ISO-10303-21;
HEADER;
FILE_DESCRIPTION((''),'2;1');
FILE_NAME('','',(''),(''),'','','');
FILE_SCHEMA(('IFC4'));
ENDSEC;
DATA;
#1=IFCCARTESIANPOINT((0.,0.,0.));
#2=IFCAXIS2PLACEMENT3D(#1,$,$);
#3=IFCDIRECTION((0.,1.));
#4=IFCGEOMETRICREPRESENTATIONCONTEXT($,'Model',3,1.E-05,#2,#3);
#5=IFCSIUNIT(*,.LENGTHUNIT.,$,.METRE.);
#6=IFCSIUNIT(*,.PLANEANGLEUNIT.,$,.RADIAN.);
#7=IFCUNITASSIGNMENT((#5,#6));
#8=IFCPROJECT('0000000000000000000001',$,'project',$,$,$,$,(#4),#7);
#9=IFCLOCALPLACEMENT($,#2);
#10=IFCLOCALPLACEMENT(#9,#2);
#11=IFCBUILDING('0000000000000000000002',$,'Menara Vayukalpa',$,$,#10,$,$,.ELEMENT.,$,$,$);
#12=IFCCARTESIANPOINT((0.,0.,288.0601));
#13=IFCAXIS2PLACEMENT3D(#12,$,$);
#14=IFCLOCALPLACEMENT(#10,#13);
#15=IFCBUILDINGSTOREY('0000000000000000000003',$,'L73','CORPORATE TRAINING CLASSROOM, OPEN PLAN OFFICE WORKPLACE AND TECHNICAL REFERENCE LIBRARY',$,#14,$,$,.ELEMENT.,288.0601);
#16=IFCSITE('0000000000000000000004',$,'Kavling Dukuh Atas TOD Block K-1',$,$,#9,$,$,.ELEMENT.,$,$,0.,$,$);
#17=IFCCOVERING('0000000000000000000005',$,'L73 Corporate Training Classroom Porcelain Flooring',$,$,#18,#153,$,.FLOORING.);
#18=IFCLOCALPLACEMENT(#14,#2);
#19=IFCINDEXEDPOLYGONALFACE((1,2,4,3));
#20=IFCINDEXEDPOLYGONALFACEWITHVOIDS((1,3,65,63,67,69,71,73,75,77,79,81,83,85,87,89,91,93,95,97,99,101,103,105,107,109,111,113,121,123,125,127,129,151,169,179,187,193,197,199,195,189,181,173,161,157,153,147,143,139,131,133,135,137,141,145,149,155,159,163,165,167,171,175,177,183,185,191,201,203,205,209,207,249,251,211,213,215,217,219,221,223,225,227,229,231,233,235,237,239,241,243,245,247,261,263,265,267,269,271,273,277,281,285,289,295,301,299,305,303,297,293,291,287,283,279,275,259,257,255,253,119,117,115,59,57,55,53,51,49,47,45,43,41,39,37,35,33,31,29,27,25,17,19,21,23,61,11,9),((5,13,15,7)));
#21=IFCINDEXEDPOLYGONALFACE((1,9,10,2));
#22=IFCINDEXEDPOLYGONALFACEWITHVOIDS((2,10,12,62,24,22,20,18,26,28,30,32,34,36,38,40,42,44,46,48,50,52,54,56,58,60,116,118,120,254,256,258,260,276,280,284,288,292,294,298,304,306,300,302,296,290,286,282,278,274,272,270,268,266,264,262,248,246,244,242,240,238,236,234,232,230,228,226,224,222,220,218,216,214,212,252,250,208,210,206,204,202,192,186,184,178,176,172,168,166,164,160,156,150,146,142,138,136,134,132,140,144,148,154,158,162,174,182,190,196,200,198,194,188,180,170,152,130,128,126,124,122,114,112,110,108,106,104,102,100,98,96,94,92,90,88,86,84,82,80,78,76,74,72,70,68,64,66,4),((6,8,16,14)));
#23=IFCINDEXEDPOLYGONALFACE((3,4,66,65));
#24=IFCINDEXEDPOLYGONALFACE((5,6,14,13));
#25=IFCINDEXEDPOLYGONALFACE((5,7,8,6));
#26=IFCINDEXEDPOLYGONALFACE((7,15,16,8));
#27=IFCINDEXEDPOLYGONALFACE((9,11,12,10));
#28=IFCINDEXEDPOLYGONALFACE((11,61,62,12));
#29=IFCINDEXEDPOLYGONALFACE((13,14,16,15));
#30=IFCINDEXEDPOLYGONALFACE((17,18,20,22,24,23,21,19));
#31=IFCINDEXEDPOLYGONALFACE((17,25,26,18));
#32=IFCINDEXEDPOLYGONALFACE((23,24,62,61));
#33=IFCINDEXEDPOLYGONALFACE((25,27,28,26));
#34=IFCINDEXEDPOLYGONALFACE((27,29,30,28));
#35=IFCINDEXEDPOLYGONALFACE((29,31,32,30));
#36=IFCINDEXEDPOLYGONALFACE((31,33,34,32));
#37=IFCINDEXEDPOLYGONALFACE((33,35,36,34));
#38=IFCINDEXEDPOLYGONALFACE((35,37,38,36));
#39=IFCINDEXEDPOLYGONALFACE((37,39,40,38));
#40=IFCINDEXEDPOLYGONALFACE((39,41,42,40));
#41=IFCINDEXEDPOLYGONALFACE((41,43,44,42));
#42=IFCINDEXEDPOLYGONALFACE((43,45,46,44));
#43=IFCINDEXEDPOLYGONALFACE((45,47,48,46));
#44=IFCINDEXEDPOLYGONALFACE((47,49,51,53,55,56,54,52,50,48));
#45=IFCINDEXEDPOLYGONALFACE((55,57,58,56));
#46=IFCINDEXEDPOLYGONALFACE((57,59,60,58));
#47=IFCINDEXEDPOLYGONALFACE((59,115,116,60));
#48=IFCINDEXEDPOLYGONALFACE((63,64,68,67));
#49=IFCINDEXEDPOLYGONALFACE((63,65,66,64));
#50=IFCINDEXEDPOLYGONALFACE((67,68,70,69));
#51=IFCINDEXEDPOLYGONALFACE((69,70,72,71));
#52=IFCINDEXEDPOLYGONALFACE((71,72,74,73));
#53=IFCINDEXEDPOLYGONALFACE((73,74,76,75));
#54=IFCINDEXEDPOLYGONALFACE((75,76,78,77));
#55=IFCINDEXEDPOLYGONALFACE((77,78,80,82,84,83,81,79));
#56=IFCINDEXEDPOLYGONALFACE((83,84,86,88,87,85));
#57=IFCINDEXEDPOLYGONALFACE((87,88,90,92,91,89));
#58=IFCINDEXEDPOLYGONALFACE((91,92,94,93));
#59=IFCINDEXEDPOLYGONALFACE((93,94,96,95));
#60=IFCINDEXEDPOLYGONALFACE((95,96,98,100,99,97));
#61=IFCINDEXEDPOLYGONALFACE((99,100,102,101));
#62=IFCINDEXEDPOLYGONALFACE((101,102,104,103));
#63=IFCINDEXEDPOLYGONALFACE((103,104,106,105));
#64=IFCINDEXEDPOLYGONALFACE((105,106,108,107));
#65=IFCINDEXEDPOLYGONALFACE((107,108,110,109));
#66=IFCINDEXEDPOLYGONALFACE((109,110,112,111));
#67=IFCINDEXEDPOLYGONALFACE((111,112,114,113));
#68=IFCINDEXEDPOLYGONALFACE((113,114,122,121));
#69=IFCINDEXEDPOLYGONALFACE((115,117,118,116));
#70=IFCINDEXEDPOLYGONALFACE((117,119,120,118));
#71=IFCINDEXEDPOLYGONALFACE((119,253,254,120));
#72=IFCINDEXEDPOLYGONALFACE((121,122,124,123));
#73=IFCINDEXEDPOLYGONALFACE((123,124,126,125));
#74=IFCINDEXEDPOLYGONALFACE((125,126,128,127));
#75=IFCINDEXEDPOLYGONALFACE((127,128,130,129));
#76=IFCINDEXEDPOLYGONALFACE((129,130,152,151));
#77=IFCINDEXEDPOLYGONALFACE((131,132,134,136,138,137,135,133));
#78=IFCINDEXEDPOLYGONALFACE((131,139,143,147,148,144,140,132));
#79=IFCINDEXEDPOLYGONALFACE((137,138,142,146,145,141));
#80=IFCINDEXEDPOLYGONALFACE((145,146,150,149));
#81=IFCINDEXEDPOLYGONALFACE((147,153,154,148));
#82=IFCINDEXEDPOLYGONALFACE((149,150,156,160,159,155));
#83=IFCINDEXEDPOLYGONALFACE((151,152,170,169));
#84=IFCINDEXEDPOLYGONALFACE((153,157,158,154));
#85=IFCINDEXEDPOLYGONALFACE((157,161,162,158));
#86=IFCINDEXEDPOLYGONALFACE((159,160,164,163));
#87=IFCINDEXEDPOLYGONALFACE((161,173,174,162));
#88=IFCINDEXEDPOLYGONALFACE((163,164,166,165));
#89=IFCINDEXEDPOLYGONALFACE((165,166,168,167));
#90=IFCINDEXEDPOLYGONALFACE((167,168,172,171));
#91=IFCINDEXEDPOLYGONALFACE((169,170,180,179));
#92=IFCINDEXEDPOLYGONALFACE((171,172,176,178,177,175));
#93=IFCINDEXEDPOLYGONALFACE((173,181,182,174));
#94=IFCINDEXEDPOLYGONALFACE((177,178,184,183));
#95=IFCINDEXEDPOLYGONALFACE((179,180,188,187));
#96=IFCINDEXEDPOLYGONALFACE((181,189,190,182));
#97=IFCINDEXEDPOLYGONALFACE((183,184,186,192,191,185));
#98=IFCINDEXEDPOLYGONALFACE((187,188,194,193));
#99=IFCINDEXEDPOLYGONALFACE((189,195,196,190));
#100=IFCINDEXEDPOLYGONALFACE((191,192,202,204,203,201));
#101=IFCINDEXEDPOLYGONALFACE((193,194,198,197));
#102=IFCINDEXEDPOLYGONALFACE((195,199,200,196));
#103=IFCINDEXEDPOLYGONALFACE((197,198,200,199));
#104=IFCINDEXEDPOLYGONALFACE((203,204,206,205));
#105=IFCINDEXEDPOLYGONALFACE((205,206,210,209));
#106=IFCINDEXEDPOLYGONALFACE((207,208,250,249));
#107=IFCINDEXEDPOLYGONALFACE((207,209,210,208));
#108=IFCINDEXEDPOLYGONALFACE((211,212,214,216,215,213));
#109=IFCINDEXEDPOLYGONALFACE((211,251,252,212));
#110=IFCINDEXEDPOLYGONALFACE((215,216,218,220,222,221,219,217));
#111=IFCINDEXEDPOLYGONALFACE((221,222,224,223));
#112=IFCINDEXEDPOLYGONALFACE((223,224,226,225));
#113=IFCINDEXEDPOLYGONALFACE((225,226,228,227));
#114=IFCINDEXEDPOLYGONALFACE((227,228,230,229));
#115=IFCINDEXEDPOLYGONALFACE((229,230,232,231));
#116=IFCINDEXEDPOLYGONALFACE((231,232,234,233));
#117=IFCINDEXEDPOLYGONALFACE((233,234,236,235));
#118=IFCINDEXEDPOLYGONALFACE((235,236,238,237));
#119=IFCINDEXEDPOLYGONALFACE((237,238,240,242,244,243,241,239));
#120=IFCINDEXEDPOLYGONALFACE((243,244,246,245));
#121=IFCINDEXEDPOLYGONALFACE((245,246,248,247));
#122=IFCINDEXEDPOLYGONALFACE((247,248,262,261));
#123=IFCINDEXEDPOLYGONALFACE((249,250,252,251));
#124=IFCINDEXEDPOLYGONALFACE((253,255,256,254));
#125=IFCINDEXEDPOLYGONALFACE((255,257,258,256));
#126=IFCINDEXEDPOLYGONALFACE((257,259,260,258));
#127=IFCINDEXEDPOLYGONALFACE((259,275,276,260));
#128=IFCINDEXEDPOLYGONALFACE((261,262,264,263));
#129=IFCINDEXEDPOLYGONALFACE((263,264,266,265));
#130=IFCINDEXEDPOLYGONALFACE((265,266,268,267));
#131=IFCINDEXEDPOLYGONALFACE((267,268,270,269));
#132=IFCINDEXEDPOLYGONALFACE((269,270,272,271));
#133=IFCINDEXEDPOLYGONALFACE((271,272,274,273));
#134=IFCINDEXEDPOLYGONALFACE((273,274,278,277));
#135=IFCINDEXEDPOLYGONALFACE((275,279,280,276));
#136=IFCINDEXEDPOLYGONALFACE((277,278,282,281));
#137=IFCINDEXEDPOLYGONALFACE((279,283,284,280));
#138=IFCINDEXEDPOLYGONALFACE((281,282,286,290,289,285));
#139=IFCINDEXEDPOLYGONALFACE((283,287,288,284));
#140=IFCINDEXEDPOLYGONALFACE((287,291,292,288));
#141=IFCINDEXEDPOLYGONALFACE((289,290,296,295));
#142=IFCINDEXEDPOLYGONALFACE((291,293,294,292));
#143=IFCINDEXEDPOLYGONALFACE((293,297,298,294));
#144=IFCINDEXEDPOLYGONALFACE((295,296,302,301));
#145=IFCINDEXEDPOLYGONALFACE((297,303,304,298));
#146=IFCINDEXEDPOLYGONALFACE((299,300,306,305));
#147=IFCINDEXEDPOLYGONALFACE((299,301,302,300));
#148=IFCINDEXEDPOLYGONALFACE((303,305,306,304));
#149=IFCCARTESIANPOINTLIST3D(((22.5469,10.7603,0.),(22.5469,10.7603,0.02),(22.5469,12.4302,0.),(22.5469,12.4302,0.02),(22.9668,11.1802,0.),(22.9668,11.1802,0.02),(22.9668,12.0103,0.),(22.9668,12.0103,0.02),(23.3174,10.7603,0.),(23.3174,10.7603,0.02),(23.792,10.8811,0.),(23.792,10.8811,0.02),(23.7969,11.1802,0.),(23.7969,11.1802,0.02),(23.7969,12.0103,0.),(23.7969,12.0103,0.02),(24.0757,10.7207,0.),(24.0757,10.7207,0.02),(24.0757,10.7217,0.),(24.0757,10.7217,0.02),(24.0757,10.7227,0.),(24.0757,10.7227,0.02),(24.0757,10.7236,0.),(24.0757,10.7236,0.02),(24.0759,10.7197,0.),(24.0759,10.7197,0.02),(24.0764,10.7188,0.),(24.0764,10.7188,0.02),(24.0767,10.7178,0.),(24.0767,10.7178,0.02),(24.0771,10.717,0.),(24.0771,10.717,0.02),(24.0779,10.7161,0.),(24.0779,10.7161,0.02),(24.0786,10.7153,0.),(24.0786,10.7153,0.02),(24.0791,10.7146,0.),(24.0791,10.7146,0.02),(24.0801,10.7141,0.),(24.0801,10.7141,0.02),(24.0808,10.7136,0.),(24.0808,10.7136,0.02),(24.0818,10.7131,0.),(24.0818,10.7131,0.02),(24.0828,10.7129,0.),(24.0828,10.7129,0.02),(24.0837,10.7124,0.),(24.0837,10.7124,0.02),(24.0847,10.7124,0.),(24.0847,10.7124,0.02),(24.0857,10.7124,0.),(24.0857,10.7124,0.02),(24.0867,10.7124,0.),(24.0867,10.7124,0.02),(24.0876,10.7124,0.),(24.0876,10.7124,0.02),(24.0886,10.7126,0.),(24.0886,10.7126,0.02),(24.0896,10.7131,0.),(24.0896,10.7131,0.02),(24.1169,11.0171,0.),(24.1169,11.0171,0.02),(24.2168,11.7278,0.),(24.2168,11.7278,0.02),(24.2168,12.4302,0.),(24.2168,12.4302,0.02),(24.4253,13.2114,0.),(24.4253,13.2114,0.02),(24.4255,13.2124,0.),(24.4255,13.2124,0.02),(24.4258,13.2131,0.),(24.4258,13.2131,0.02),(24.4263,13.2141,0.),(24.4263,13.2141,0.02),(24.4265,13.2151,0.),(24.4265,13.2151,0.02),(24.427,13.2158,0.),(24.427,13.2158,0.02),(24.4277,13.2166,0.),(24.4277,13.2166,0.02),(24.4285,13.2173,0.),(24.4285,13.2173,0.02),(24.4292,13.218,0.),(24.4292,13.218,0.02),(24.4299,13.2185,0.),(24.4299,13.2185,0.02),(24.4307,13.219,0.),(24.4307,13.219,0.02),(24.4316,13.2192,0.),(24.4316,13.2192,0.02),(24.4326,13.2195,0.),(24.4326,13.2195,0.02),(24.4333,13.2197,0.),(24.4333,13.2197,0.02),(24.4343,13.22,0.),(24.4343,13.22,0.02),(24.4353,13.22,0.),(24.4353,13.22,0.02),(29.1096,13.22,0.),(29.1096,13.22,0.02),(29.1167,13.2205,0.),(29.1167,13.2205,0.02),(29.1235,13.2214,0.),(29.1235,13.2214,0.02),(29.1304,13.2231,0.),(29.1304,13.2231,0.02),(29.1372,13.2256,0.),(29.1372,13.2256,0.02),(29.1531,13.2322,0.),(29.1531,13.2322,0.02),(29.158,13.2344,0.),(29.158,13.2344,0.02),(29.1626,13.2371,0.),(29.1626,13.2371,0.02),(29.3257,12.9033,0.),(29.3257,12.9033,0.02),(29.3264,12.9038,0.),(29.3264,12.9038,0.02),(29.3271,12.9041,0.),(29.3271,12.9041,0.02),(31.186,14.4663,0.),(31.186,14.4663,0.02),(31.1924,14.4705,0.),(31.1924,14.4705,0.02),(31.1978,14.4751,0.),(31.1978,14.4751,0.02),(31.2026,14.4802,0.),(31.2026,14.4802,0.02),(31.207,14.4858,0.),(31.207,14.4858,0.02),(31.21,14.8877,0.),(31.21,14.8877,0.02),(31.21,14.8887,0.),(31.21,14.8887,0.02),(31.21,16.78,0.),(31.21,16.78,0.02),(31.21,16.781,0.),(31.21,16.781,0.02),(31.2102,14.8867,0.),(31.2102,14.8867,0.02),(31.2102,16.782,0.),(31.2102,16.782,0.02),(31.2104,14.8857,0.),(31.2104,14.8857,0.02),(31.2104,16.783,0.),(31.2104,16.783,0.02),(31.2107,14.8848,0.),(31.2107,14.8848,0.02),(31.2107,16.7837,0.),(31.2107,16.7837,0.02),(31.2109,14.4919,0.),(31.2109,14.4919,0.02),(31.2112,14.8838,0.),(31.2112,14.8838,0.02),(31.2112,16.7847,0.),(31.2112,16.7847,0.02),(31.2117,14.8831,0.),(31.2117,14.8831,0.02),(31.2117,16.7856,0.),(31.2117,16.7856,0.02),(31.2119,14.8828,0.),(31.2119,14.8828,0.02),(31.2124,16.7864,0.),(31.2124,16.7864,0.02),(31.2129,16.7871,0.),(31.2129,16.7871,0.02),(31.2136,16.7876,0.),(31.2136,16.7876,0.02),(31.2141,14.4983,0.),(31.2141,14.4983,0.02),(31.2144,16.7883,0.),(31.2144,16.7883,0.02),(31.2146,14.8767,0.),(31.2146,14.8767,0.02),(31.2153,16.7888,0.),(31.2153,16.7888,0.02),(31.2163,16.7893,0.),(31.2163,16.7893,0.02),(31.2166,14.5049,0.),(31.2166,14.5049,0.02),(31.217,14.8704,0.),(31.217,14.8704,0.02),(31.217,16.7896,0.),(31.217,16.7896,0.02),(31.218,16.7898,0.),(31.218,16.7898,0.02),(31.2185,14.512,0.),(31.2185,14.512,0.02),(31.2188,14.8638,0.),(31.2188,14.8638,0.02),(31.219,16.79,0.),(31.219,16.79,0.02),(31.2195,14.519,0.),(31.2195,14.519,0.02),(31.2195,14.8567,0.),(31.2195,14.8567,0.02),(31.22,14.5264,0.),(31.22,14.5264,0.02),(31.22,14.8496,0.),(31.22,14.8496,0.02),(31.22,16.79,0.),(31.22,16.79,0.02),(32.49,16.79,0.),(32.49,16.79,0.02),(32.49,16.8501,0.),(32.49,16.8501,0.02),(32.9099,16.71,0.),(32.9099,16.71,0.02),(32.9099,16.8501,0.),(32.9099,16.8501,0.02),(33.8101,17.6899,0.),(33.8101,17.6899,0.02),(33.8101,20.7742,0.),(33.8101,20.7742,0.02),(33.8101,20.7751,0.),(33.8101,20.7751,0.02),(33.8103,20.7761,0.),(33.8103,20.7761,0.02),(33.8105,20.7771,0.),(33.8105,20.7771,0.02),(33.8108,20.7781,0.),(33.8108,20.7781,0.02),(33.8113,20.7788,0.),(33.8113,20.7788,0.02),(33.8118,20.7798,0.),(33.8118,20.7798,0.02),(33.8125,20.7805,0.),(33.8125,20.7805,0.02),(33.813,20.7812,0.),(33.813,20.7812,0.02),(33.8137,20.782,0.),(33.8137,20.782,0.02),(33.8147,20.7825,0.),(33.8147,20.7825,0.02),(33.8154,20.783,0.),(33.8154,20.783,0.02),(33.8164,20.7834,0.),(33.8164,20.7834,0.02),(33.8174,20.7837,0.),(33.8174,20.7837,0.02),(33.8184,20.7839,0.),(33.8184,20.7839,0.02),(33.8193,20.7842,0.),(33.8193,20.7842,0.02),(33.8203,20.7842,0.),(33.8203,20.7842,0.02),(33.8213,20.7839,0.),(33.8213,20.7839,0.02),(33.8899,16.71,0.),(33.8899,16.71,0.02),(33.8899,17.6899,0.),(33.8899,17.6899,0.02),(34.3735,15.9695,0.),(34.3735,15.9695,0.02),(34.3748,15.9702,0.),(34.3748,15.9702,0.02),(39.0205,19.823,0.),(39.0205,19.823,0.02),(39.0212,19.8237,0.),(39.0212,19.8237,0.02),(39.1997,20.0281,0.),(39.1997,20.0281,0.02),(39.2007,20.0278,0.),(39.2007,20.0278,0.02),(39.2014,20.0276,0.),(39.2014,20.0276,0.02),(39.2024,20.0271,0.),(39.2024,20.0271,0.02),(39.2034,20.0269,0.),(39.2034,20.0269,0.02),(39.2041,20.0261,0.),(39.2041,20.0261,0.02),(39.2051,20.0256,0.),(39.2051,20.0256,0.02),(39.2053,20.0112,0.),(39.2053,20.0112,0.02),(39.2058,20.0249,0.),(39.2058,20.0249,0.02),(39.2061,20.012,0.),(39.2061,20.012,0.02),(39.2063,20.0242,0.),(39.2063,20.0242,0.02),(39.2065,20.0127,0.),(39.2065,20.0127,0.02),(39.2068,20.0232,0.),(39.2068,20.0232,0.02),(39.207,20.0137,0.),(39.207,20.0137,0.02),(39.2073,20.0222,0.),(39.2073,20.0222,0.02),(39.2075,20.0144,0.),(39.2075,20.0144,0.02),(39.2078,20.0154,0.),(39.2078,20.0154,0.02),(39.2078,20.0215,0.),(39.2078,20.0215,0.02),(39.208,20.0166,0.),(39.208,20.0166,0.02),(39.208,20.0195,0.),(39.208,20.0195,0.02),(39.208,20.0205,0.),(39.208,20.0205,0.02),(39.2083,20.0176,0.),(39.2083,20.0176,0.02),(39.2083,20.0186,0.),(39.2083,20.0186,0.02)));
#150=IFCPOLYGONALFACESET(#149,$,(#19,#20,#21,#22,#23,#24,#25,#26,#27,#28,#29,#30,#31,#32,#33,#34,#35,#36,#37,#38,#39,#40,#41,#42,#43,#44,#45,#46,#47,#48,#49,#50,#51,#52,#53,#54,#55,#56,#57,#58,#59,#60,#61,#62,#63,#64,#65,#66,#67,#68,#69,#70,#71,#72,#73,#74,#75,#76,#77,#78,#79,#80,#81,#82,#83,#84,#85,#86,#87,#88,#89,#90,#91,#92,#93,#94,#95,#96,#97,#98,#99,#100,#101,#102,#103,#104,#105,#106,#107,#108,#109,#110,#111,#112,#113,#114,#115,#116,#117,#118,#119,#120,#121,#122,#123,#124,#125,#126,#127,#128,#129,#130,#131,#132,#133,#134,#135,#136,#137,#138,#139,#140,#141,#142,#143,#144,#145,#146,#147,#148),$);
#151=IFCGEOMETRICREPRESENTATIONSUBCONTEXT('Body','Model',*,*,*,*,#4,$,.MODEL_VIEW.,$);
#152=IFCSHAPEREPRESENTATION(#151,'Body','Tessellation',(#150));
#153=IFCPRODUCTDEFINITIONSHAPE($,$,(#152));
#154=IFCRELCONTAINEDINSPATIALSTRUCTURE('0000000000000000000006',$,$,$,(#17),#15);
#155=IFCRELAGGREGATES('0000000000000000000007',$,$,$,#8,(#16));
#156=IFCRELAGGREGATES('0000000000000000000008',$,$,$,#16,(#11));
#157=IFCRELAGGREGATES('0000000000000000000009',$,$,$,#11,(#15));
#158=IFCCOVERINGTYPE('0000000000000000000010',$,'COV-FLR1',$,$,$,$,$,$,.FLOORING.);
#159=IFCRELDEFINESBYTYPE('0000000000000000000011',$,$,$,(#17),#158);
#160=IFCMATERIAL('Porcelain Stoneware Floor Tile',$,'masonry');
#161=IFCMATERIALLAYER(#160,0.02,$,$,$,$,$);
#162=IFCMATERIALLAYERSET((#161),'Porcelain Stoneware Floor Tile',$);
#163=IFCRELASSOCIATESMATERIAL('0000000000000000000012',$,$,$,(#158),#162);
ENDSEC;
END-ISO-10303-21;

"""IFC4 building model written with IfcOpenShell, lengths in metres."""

from ifc_helpers import new_model, si_unit, direction, frame, origin, place, context, subcontext, project, spatial, polyline, outline, extrude, material, layer, layer_set, type_object, element, save


model = new_model("IFC4")

# Units and contexts
model_context = context("Model", 3, precision=1e-05, world=origin(), true_north=direction((0.0, 1.0)))
body_context = subcontext(model_context, "Body", "Model", "MODEL_VIEW")
ifc_project = project(units=[si_unit("LENGTHUNIT", "METRE"), si_unit("PLANEANGLEUNIT", "RADIAN")], contexts=[model_context])

# Site, building, storey
site_placement = place(None, origin())
site = spatial("IfcSite", under=ifc_project, at=site_placement, Name="Kavling Dukuh Atas TOD Block K-1", CompositionType="ELEMENT", RefElevation=0.0)
building_placement = place(site_placement, origin())
building = spatial("IfcBuilding", under=site, at=building_placement, Name="Menara Vayukalpa", CompositionType="ELEMENT")
storey_placement = place(building_placement, frame((0.0, 0.0, 288.0601)))
storey = spatial("IfcBuildingStorey", under=building, at=storey_placement, Name="L73", Description="CORPORATE TRAINING CLASSROOM, OPEN PLAN OFFICE WORKPLACE AND TECHNICAL REFERENCE LIBRARY", CompositionType="ELEMENT", Elevation=288.0601)

# Covering
ifc_material_1 = material(Name="Porcelain Stoneware Floor Tile", Category="masonry")
ifc_layer_1 = layer(ifc_material_1, 0.02)
ifc_layer_set_1 = layer_set([ifc_layer_1], Name="Porcelain Stoneware Floor Tile")
covering_type_1 = type_object("IfcCoveringType", Name="COV-FLR1", PredefinedType="FLOORING", material=ifc_layer_set_1)
covering_1_placement = place(storey_placement, origin())
element("IfcCovering", 1, at=covering_1_placement, inside=storey, type_object=covering_type_1, Name="L73 Corporate Training Classroom Porcelain Flooring", PredefinedType="FLOORING", context=body_context, shape_type="SweptSolid", body=[
    extrude(outline(polyline([(24.2168, 12.4302), (24.2168, 11.7278), (24.4253, 13.2114), (24.4255, 13.2124), (24.4258, 13.2131), (24.4263, 13.2141), (24.4265, 13.2151), (24.427, 13.2158), (24.4277, 13.2166), (24.4285, 13.2173), (24.4292, 13.218), (24.4299, 13.2185), (24.4307, 13.219), (24.4316, 13.2192), (24.4326, 13.2195), (24.4333, 13.2197), (24.4343, 13.22), (24.4353, 13.22), (29.1096, 13.22), (29.1167, 13.2205), (29.1235, 13.2214), (29.1304, 13.2231), (29.1372, 13.2256), (29.1531, 13.2322), (29.158, 13.2344), (29.1626, 13.2371), (31.186, 14.4663), (31.1924, 14.4705), (31.1978, 14.4751), (31.2026, 14.4802), (31.207, 14.4858), (31.2109, 14.4919), (31.2141, 14.4983), (31.2166, 14.5049), (31.2185, 14.512), (31.2195, 14.519), (31.22, 14.5264), (31.22, 14.8496), (31.2195, 14.8567), (31.2188, 14.8638), (31.217, 14.8704), (31.2146, 14.8767), (31.2119, 14.8828), (31.2117, 14.8831), (31.2112, 14.8838), (31.2107, 14.8848), (31.2104, 14.8857), (31.2102, 14.8867), (31.21, 14.8877), (31.21, 14.8887), (31.21, 16.78), (31.21, 16.781), (31.2102, 16.782), (31.2104, 16.783), (31.2107, 16.7837), (31.2112, 16.7847), (31.2117, 16.7856), (31.2124, 16.7864), (31.2129, 16.7871), (31.2136, 16.7876), (31.2144, 16.7883), (31.2153, 16.7888), (31.2163, 16.7893), (31.217, 16.7896), (31.218, 16.7898), (31.219, 16.79), (31.22, 16.79), (32.49, 16.79), (32.49, 16.8501), (32.9099, 16.8501), (32.9099, 16.71), (33.8899, 16.71), (33.8899, 17.6899), (33.8101, 17.6899), (33.8101, 20.7742), (33.8101, 20.7751), (33.8103, 20.7761), (33.8105, 20.7771), (33.8108, 20.7781), (33.8113, 20.7788), (33.8118, 20.7798), (33.8125, 20.7805), (33.813, 20.7812), (33.8137, 20.782), (33.8147, 20.7825), (33.8154, 20.783), (33.8164, 20.7834), (33.8174, 20.7837), (33.8184, 20.7839), (33.8193, 20.7842), (33.8203, 20.7842), (33.8213, 20.7839), (39.1997, 20.0281), (39.2007, 20.0278), (39.2014, 20.0276), (39.2024, 20.0271), (39.2034, 20.0269), (39.2041, 20.0261), (39.2051, 20.0256), (39.2058, 20.0249), (39.2063, 20.0242), (39.2068, 20.0232), (39.2073, 20.0222), (39.2078, 20.0215), (39.208, 20.0205), (39.208, 20.0195), (39.2083, 20.0186), (39.2083, 20.0176), (39.208, 20.0166), (39.2078, 20.0154), (39.2075, 20.0144), (39.207, 20.0137), (39.2065, 20.0127), (39.2061, 20.012), (39.2053, 20.0112), (39.0212, 19.8237), (39.0205, 19.823), (34.3748, 15.9702), (34.3735, 15.9695), (29.3271, 12.9041), (29.3264, 12.9038), (29.3257, 12.9033), (24.0896, 10.7131), (24.0886, 10.7126), (24.0876, 10.7124), (24.0867, 10.7124), (24.0857, 10.7124), (24.0847, 10.7124), (24.0837, 10.7124), (24.0828, 10.7129), (24.0818, 10.7131), (24.0808, 10.7136), (24.0801, 10.7141), (24.0791, 10.7146), (24.0786, 10.7153), (24.0779, 10.7161), (24.0771, 10.717), (24.0767, 10.7178), (24.0764, 10.7188), (24.0759, 10.7197), (24.0757, 10.7207), (24.0757, 10.7217), (24.0757, 10.7227), (24.0757, 10.7236), (24.1169, 11.0171), (23.792, 10.8811), (23.3174, 10.7603), (22.5469, 10.7603), (22.5469, 12.4302), (24.2168, 12.4302)]), holes=[polyline([(23.7969, 12.0103), (22.9668, 12.0103), (22.9668, 11.1802), (23.7969, 11.1802), (23.7969, 12.0103)])]), origin(), (0.0, 0.0, 1.0), 0.02),
])

save(model, "model.ifc")
